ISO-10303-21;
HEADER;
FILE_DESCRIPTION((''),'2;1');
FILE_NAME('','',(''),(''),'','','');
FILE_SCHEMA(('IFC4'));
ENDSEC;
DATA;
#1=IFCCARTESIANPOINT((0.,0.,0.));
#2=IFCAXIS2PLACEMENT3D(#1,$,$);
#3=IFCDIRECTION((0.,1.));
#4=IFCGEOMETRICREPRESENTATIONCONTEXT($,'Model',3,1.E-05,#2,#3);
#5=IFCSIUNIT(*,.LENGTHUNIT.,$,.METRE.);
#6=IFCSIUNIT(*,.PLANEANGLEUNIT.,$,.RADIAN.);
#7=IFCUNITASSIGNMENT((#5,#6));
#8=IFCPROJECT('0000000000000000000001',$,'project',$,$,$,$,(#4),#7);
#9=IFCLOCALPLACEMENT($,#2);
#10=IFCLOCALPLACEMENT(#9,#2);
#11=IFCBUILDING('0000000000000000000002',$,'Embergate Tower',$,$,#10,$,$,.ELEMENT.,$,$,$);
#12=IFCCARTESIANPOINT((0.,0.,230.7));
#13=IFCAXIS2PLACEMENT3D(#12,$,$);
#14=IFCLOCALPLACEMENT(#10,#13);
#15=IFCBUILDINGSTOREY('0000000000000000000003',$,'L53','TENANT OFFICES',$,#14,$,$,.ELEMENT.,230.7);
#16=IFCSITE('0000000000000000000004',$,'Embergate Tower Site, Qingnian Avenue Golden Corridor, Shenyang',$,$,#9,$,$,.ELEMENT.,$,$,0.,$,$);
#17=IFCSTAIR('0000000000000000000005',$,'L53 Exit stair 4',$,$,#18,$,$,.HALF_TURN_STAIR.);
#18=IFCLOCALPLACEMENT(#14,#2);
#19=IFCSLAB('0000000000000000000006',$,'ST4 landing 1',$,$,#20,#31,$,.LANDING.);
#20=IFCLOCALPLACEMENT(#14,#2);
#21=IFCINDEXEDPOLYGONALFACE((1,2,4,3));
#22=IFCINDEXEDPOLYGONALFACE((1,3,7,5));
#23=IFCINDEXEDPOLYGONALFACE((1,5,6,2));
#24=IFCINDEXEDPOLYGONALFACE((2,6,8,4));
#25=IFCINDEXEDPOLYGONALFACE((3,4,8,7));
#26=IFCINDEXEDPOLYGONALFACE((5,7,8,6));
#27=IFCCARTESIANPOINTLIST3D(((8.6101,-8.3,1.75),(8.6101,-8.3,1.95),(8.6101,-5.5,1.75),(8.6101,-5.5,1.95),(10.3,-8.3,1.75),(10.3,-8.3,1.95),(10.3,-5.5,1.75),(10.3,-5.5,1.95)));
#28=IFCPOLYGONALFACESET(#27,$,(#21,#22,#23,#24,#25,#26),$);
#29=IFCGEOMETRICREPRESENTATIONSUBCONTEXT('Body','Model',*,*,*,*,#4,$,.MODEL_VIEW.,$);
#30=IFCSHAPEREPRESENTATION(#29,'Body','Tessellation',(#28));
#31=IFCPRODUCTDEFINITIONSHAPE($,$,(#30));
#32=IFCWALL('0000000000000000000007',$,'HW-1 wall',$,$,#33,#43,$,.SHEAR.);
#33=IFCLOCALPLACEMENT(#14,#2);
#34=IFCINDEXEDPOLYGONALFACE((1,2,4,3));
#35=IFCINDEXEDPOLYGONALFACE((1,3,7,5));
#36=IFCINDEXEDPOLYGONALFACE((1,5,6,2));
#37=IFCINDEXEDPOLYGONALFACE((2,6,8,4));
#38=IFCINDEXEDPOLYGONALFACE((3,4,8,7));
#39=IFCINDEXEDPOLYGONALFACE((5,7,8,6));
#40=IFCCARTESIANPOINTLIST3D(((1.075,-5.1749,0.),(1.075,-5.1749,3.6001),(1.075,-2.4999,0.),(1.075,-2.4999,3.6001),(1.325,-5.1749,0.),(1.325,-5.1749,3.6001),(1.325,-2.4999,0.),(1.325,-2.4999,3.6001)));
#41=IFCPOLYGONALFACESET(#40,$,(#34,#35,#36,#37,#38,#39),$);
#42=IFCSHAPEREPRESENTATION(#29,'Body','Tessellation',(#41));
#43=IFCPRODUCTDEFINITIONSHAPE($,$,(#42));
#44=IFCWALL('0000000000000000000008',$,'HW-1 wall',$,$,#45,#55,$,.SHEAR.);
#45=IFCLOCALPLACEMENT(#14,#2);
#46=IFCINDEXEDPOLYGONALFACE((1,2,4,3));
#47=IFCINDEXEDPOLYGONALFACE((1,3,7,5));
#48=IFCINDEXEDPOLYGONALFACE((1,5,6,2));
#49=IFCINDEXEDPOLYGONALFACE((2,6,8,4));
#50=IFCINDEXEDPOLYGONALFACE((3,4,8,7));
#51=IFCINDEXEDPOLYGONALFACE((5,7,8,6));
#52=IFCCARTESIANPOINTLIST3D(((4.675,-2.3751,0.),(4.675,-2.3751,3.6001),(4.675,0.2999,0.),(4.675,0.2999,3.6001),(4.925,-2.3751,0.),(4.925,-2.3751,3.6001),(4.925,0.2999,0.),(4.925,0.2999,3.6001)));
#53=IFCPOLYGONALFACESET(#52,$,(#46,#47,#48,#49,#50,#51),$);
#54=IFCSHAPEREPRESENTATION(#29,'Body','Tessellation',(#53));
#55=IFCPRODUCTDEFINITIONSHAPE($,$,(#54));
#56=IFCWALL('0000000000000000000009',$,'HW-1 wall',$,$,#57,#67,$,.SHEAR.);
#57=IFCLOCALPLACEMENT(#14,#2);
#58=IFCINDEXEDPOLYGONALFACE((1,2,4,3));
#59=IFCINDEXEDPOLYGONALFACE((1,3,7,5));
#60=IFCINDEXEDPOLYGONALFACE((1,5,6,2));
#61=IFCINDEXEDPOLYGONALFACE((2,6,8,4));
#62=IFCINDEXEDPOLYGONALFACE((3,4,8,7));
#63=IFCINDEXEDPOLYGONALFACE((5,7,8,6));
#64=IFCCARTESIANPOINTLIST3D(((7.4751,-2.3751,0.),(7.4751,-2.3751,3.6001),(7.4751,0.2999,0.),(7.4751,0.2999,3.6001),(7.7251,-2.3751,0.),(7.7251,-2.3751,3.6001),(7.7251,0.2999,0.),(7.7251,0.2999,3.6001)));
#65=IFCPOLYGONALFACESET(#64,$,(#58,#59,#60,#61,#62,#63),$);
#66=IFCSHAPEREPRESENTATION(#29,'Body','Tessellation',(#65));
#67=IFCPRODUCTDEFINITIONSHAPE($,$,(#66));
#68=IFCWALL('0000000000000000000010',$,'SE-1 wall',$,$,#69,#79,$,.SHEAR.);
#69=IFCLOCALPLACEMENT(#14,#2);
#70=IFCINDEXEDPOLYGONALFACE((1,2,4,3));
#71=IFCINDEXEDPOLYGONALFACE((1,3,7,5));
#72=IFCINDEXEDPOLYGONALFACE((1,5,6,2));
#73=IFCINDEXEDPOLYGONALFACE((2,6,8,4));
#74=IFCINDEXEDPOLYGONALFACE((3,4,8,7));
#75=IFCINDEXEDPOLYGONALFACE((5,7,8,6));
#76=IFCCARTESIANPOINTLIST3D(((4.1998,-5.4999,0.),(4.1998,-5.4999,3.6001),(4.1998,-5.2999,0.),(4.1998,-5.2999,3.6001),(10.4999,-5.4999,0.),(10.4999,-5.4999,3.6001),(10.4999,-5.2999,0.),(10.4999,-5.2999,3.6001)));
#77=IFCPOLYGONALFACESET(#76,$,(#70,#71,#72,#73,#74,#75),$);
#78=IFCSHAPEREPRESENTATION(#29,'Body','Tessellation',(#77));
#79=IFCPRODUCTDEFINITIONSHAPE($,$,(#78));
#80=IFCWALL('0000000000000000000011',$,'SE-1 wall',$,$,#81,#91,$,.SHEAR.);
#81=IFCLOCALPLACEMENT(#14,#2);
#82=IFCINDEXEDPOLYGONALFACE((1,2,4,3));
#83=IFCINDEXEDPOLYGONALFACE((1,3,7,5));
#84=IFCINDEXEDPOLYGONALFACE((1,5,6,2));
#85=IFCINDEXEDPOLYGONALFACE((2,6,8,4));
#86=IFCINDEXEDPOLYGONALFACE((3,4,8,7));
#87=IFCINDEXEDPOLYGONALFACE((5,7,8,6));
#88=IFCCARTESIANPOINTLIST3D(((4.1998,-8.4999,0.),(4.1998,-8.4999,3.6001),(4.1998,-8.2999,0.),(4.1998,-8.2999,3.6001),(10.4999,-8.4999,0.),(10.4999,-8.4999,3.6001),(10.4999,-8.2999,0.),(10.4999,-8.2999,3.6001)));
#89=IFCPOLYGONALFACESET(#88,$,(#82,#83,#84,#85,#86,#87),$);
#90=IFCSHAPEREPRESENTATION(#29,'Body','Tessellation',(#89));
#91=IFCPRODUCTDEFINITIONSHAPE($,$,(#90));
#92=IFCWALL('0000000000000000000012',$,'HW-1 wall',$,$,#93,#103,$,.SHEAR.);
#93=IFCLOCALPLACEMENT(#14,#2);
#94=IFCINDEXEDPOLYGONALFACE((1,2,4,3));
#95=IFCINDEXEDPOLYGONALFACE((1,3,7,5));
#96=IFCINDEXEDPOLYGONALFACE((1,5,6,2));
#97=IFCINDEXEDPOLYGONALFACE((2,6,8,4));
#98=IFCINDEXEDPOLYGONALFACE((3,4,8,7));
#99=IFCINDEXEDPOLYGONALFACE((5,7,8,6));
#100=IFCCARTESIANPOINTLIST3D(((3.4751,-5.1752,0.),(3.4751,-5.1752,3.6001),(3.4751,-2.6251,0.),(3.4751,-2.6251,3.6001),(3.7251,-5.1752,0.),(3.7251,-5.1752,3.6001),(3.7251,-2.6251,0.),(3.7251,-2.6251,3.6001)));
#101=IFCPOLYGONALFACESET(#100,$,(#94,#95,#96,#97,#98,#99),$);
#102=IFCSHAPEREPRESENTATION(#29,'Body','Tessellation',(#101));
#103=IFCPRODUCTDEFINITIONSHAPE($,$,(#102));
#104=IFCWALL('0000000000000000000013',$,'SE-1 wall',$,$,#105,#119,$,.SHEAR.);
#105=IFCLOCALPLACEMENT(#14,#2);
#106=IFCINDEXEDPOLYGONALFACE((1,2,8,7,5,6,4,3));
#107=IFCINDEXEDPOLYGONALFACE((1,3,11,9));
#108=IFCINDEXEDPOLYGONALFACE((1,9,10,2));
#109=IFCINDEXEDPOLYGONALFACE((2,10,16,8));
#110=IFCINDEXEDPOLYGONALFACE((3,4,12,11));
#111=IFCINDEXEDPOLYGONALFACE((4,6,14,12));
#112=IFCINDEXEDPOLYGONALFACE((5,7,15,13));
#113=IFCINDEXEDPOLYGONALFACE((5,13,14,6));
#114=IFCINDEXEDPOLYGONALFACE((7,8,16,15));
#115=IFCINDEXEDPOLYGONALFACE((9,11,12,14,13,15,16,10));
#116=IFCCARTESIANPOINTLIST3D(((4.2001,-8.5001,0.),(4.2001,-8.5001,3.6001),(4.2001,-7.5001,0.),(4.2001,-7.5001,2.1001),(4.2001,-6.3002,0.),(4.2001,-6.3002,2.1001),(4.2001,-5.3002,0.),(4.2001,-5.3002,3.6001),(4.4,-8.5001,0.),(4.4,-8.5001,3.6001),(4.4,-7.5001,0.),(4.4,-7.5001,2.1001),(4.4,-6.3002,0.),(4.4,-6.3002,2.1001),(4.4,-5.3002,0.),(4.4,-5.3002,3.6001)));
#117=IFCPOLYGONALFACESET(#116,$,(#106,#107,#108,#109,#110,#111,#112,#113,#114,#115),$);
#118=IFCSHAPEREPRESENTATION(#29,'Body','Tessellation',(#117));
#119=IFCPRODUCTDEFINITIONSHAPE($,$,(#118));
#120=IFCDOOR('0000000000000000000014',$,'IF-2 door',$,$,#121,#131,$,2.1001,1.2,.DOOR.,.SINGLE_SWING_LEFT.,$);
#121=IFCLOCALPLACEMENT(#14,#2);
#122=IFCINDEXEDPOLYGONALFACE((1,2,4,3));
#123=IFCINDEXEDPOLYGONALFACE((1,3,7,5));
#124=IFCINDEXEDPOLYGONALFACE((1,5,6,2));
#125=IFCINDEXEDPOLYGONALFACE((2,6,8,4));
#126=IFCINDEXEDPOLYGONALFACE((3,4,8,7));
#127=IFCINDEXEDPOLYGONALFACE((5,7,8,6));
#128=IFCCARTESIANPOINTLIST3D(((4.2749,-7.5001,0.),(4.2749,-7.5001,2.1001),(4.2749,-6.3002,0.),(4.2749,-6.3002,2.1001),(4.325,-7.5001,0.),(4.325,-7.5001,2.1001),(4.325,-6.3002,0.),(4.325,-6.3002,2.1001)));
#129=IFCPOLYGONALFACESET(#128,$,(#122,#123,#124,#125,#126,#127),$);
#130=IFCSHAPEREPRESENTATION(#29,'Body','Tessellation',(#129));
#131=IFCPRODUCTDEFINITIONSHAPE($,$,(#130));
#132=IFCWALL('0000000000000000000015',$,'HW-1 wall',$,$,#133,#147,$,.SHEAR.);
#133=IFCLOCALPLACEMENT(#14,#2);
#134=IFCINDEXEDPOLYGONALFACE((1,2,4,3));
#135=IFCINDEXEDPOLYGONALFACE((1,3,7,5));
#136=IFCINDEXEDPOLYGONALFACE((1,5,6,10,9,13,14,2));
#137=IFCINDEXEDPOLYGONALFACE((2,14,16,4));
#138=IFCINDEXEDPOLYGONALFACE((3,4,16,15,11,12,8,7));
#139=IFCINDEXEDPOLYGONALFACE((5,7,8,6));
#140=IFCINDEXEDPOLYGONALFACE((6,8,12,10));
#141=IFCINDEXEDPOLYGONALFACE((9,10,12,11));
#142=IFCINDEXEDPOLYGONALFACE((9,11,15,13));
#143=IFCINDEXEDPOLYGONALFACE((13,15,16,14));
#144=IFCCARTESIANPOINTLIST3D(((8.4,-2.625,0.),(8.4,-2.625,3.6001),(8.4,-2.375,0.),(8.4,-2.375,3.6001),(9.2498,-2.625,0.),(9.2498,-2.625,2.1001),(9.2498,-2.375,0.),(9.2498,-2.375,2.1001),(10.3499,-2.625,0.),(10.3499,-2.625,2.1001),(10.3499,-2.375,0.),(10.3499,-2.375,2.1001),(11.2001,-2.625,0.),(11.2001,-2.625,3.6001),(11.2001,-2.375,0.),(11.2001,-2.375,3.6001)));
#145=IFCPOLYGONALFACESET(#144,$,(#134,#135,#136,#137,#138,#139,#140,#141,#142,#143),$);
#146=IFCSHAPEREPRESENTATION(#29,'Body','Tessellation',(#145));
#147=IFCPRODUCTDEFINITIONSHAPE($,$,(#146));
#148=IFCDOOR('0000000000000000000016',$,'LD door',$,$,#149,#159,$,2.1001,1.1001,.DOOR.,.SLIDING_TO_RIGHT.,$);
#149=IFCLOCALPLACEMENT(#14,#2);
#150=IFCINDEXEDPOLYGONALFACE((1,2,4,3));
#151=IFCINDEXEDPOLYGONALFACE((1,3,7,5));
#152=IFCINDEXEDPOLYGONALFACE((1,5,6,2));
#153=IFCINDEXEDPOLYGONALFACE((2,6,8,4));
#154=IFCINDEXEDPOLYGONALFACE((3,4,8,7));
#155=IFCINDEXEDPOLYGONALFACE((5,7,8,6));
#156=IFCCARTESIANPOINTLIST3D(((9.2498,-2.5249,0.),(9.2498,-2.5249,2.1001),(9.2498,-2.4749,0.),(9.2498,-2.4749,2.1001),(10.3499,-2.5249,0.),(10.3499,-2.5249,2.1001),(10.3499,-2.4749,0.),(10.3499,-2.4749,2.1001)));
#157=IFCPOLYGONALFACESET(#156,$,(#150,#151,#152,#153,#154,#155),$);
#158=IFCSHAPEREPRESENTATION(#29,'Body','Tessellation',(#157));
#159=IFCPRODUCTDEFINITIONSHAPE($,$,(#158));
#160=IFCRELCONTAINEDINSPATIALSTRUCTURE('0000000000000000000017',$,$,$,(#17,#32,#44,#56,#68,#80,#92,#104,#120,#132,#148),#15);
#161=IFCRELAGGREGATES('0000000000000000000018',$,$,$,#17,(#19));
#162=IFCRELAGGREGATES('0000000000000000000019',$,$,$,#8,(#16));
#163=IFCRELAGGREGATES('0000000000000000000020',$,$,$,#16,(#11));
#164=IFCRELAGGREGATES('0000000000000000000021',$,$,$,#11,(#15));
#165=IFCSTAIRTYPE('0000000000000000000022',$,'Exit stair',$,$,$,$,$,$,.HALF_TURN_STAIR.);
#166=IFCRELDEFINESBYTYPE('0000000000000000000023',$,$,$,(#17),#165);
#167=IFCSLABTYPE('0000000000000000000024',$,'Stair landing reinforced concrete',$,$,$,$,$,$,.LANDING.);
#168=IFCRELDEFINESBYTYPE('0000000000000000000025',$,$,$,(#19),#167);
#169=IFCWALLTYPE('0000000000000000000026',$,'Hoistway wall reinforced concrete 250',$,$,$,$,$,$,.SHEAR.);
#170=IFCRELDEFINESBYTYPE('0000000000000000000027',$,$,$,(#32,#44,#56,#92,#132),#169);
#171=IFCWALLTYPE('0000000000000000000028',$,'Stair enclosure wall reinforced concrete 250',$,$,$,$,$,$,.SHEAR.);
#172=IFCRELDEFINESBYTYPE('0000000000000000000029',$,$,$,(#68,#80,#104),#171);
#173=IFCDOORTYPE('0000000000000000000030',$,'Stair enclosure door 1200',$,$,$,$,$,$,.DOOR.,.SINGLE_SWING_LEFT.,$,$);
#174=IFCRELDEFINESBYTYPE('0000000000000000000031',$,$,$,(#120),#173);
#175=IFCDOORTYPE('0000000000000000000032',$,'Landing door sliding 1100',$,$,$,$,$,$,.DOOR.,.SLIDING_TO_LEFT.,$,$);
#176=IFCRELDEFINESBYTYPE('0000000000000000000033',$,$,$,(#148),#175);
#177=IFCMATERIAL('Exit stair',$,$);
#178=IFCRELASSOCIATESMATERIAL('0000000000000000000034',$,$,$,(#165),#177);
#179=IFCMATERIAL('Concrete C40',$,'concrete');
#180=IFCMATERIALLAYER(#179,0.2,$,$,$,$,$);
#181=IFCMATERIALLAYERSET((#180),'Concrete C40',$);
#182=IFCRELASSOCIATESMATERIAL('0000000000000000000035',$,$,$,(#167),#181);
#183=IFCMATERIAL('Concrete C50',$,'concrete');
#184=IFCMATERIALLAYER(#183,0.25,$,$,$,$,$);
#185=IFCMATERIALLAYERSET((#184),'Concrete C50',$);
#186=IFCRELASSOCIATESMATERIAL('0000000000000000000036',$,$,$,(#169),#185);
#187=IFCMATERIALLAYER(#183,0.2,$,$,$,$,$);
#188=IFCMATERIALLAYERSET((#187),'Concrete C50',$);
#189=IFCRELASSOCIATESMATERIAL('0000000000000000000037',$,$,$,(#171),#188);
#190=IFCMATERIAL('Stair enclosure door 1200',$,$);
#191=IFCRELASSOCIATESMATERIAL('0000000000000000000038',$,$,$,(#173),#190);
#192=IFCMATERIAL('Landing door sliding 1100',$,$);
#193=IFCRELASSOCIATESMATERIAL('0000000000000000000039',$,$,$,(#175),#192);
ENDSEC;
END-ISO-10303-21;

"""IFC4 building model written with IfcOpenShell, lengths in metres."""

from ifc_helpers import new_model, si_unit, direction, frame, frame_2d, origin, place, context, subcontext, project, spatial, polyline, rectangle, outline, extrude, source, transform, mapped, material, layer, layer_set, type_object, element, fill, aggregate, save


model = new_model("IFC4")

# Units and contexts
model_context = context("Model", 3, precision=1e-05, world=origin(), true_north=direction((0.0, 1.0)))
body_context = subcontext(model_context, "Body", "Model", "MODEL_VIEW")
ifc_project = project(units=[si_unit("LENGTHUNIT", "METRE"), si_unit("PLANEANGLEUNIT", "RADIAN")], contexts=[model_context])

# Site, building, storey
site_placement = place(None, origin())
site = spatial("IfcSite", under=ifc_project, at=site_placement, Name="Embergate Tower Site, Qingnian Avenue Golden Corridor, Shenyang", CompositionType="ELEMENT", RefElevation=0.0)
building_placement = place(site_placement, origin())
building = spatial("IfcBuilding", under=site, at=building_placement, Name="Embergate Tower", CompositionType="ELEMENT")
storey_placement = place(building_placement, frame((0.0, 0.0, 230.7)))
storey = spatial("IfcBuildingStorey", under=building, at=storey_placement, Name="L53", Description="TENANT OFFICES", CompositionType="ELEMENT", Elevation=230.7)

# Stair, slab
ifc_material_1 = material(Name="Exit stair")
stair_type = type_object("IfcStairType", Name="Exit stair", PredefinedType="HALF_TURN_STAIR", material=ifc_material_1)
stair_placement = place(storey_placement, origin())
stair = element("IfcStair", 1, at=stair_placement, inside=storey, type_object=stair_type, Name="L53 Exit stair 4", PredefinedType="HALF_TURN_STAIR")
ifc_material_2 = material(Name="Concrete C40", Category="concrete")
ifc_layer_1 = layer(ifc_material_2, 0.2)
ifc_layer_set_1 = layer_set([ifc_layer_1], Name="Concrete C40")
slab_type = type_object("IfcSlabType", Name="Stair landing reinforced concrete", PredefinedType="LANDING", material=ifc_layer_set_1)
shared_shape_1 = source(origin(), body_context, "Body", "SweptSolid", [
    extrude(outline(polyline([(0.0, 0.0), (1.6899, 0.0), (1.6899, 2.8), (0.0, 2.8), (0.0, 0.0)])), origin(), (0.0, 0.0, 1.0), 0.2),
])
slab_placement = place(storey_placement, frame((8.6101, -8.3, 1.75)))
slab = element("IfcSlab", 2, at=slab_placement, type_object=slab_type, Name="ST4 landing 1", PredefinedType="LANDING", context=body_context, shape_type="MappedRepresentation", body=[
    mapped(shared_shape_1, transform((0.0, 0.0, 0.0))),
])

# Walls
ifc_material_3 = material(Name="Concrete C50", Category="concrete")
ifc_layer_2 = layer(ifc_material_3, 0.25)
ifc_layer_set_2 = layer_set([ifc_layer_2], Name="Concrete C50")
wall_type_1 = type_object("IfcWallType", Name="Hoistway wall reinforced concrete 250", PredefinedType="SHEAR", material=ifc_layer_set_2)
shared_shape_2 = source(origin(), body_context, "Body", "SweptSolid", [
    extrude(rectangle(XDim=2.675, YDim=0.25, at=frame_2d((1.3374, 0.0))), origin(), (0.0, 0.0, 1.0), 3.6001),
])
for number, where, z_axis, x_axis, name in (
    (3, (1.2, -2.5, 0.0), (0.0, 0.0, 1.0), (0.0, -1.0, 0.0), "HW-1 wall"),
    (4, (4.8, -2.375, 0.0), (0.0, 0.0, 1.0), (0.0, 1.0, 0.0), "HW-1 wall"),
    (5, (7.6001, -2.375, 0.0), (0.0, 0.0, 1.0), (0.0, 1.0, 0.0), "HW-1 wall"),
):
    element("IfcWall", number, at=place(storey_placement, frame(where, z_axis=z_axis, x_axis=x_axis)), inside=storey, type_object=wall_type_1, Name=name, PredefinedType="SHEAR", context=body_context, shape_type="MappedRepresentation", body=[
        mapped(shared_shape_2, transform((0.0, 0.0, 0.0))),
    ])
ifc_layer_3 = layer(ifc_material_3, 0.2)
ifc_layer_set_3 = layer_set([ifc_layer_3], Name="Concrete C50")
wall_type_2 = type_object("IfcWallType", Name="Stair enclosure wall reinforced concrete 250", PredefinedType="SHEAR", material=ifc_layer_set_3)
shared_shape_3 = source(origin(), body_context, "Body", "SweptSolid", [
    extrude(rectangle(XDim=6.3, YDim=0.2, at=frame_2d((3.1499, 0.0))), origin(), (0.0, 0.0, 1.0), 3.6001),
])
for number, where, z_axis, x_axis, name in (
    (6, (4.2, -5.3999, 0.0), (0.0, 0.0, 1.0), (1.0, 0.0, 0.0), "SE-1 wall"),
    (7, (4.2, -8.3999, 0.0), (0.0, 0.0, 1.0), (1.0, 0.0, 0.0), "SE-1 wall"),
):
    element("IfcWall", number, at=place(storey_placement, frame(where, z_axis=z_axis, x_axis=x_axis)), inside=storey, type_object=wall_type_2, Name=name, PredefinedType="SHEAR", context=body_context, shape_type="MappedRepresentation", body=[
        mapped(shared_shape_3, transform((0.0, 0.0, 0.0))),
    ])
shared_shape_4 = source(origin(), body_context, "Body", "SweptSolid", [
    extrude(rectangle(XDim=2.55, YDim=0.25, at=frame_2d((1.2749, 0.0))), origin(), (0.0, 0.0, 1.0), 3.6001),
])
wall_1_placement = place(storey_placement, frame((3.6001, -5.175, 0.0), z_axis=(0.0, 0.0, 1.0), x_axis=(0.0, 1.0, 0.0)))
element("IfcWall", 8, at=wall_1_placement, inside=storey, type_object=wall_type_1, Name="HW-1 wall", PredefinedType="SHEAR", context=body_context, shape_type="MappedRepresentation", body=[
    mapped(shared_shape_4, transform((0.0, 0.0, 0.0))),
])

# Walls, openings, doors
shared_shape_5 = source(origin(), body_context, "Body", "SweptSolid", [
    extrude(rectangle(XDim=3.2, YDim=0.2, at=frame_2d((1.6001, 0.0))), origin(), (0.0, 0.0, 1.0), 3.6001),
])
wall_2_placement = place(storey_placement, frame((4.3, -5.3, 0.0), z_axis=(0.0, 0.0, 1.0), x_axis=(0.0, -1.0, 0.0)))
wall_2 = element("IfcWall", 9, at=wall_2_placement, inside=storey, type_object=wall_type_2, Name="SE-1 wall", PredefinedType="SHEAR", context=body_context, shape_type="MappedRepresentation", body=[
    mapped(shared_shape_5, transform((0.0, 0.0, 0.0))),
])
shared_shape_6 = source(origin(), body_context, "Body", "SweptSolid", [
    extrude(rectangle(XDim=1.2, YDim=2.1001, at=frame_2d((0.6001, 1.05))), frame((0.0, 0.1099, 0.0), z_axis=(0.0, -1.0, 0.0), x_axis=(1.0, 0.0, 0.0)), (0.0, 0.0, 1.0), 0.22),
])
opening_1_placement = place(wall_2_placement, frame((1.0, 0.0, 0.0)))
opening_1 = element("IfcOpeningElement", 10, at=opening_1_placement, cuts=wall_2, PredefinedType="OPENING", context=body_context, shape_type="MappedRepresentation", body=[
    mapped(shared_shape_6, transform((0.0, 0.0, 0.0))),
])
ifc_material_4 = material(Name="Stair enclosure door 1200")
door_type_1 = type_object("IfcDoorType", Name="Stair enclosure door 1200", OperationType="SINGLE_SWING_LEFT", PredefinedType="DOOR", material=ifc_material_4)
shared_shape_7 = source(origin(), body_context, "Body", "SweptSolid", [
    extrude(rectangle(XDim=1.2, YDim=2.1001, at=frame_2d((0.6001, 1.05))), frame((0.0, 0.0249, 0.0), z_axis=(0.0, -1.0, 0.0), x_axis=(1.0, 0.0, 0.0)), (0.0, 0.0, 1.0), 0.05),
])
door_1_placement = place(opening_1_placement, origin())
door_1 = element("IfcDoor", 11, at=door_1_placement, inside=storey, type_object=door_type_1, Name="IF-2 door", OperationType="SINGLE_SWING_LEFT", OverallHeight=2.1001, OverallWidth=1.2, PredefinedType="DOOR", context=body_context, shape_type="MappedRepresentation", body=[
    mapped(shared_shape_7, transform((0.0, 0.0, 0.0))),
])
fill(opening_1, door_1)
shared_shape_8 = source(origin(), body_context, "Body", "SweptSolid", [
    extrude(rectangle(XDim=2.8, YDim=0.25, at=frame_2d((1.3999, 0.0))), origin(), (0.0, 0.0, 1.0), 3.6001),
])
wall_3_placement = place(storey_placement, frame((11.2, -2.5, 0.0), z_axis=(0.0, 0.0, 1.0), x_axis=(-1.0, 0.0, 0.0)))
wall_3 = element("IfcWall", 12, at=wall_3_placement, inside=storey, type_object=wall_type_1, Name="HW-1 wall", PredefinedType="SHEAR", context=body_context, shape_type="MappedRepresentation", body=[
    mapped(shared_shape_8, transform((0.0, 0.0, 0.0))),
])
shared_shape_9 = source(origin(), body_context, "Body", "SweptSolid", [
    extrude(rectangle(XDim=1.1001, YDim=2.1001, at=frame_2d((0.55, 1.05))), frame((0.0, 0.135, 0.0), z_axis=(0.0, -1.0, 0.0), x_axis=(1.0, 0.0, 0.0)), (0.0, 0.0, 1.0), 0.27),
])
opening_2_placement = place(wall_3_placement, frame((0.8501, 0.0, 0.0)))
opening_2 = element("IfcOpeningElement", 13, at=opening_2_placement, cuts=wall_3, PredefinedType="OPENING", context=body_context, shape_type="MappedRepresentation", body=[
    mapped(shared_shape_9, transform((0.0, 0.0, 0.0))),
])
ifc_material_5 = material(Name="Landing door sliding 1100")
door_type_2 = type_object("IfcDoorType", Name="Landing door sliding 1100", OperationType="SLIDING_TO_LEFT", PredefinedType="DOOR", material=ifc_material_5)
shared_shape_10 = source(origin(), body_context, "Body", "SweptSolid", [
    extrude(rectangle(XDim=1.1001, YDim=2.1001, at=frame_2d((0.55, 1.05))), frame((0.0, 0.0249, 0.0), z_axis=(0.0, -1.0, 0.0), x_axis=(1.0, 0.0, 0.0)), (0.0, 0.0, 1.0), 0.05),
])
door_2_placement = place(opening_2_placement, origin())
door_2 = element("IfcDoor", 14, at=door_2_placement, inside=storey, type_object=door_type_2, Name="LD door", OperationType="SLIDING_TO_RIGHT", OverallHeight=2.1001, OverallWidth=1.1001, PredefinedType="DOOR", context=body_context, shape_type="MappedRepresentation", body=[
    mapped(shared_shape_10, transform((0.0, 0.0, 0.0))),
])
fill(opening_2, door_2)

aggregate(stair, [slab])

save(model, "model.ifc")
